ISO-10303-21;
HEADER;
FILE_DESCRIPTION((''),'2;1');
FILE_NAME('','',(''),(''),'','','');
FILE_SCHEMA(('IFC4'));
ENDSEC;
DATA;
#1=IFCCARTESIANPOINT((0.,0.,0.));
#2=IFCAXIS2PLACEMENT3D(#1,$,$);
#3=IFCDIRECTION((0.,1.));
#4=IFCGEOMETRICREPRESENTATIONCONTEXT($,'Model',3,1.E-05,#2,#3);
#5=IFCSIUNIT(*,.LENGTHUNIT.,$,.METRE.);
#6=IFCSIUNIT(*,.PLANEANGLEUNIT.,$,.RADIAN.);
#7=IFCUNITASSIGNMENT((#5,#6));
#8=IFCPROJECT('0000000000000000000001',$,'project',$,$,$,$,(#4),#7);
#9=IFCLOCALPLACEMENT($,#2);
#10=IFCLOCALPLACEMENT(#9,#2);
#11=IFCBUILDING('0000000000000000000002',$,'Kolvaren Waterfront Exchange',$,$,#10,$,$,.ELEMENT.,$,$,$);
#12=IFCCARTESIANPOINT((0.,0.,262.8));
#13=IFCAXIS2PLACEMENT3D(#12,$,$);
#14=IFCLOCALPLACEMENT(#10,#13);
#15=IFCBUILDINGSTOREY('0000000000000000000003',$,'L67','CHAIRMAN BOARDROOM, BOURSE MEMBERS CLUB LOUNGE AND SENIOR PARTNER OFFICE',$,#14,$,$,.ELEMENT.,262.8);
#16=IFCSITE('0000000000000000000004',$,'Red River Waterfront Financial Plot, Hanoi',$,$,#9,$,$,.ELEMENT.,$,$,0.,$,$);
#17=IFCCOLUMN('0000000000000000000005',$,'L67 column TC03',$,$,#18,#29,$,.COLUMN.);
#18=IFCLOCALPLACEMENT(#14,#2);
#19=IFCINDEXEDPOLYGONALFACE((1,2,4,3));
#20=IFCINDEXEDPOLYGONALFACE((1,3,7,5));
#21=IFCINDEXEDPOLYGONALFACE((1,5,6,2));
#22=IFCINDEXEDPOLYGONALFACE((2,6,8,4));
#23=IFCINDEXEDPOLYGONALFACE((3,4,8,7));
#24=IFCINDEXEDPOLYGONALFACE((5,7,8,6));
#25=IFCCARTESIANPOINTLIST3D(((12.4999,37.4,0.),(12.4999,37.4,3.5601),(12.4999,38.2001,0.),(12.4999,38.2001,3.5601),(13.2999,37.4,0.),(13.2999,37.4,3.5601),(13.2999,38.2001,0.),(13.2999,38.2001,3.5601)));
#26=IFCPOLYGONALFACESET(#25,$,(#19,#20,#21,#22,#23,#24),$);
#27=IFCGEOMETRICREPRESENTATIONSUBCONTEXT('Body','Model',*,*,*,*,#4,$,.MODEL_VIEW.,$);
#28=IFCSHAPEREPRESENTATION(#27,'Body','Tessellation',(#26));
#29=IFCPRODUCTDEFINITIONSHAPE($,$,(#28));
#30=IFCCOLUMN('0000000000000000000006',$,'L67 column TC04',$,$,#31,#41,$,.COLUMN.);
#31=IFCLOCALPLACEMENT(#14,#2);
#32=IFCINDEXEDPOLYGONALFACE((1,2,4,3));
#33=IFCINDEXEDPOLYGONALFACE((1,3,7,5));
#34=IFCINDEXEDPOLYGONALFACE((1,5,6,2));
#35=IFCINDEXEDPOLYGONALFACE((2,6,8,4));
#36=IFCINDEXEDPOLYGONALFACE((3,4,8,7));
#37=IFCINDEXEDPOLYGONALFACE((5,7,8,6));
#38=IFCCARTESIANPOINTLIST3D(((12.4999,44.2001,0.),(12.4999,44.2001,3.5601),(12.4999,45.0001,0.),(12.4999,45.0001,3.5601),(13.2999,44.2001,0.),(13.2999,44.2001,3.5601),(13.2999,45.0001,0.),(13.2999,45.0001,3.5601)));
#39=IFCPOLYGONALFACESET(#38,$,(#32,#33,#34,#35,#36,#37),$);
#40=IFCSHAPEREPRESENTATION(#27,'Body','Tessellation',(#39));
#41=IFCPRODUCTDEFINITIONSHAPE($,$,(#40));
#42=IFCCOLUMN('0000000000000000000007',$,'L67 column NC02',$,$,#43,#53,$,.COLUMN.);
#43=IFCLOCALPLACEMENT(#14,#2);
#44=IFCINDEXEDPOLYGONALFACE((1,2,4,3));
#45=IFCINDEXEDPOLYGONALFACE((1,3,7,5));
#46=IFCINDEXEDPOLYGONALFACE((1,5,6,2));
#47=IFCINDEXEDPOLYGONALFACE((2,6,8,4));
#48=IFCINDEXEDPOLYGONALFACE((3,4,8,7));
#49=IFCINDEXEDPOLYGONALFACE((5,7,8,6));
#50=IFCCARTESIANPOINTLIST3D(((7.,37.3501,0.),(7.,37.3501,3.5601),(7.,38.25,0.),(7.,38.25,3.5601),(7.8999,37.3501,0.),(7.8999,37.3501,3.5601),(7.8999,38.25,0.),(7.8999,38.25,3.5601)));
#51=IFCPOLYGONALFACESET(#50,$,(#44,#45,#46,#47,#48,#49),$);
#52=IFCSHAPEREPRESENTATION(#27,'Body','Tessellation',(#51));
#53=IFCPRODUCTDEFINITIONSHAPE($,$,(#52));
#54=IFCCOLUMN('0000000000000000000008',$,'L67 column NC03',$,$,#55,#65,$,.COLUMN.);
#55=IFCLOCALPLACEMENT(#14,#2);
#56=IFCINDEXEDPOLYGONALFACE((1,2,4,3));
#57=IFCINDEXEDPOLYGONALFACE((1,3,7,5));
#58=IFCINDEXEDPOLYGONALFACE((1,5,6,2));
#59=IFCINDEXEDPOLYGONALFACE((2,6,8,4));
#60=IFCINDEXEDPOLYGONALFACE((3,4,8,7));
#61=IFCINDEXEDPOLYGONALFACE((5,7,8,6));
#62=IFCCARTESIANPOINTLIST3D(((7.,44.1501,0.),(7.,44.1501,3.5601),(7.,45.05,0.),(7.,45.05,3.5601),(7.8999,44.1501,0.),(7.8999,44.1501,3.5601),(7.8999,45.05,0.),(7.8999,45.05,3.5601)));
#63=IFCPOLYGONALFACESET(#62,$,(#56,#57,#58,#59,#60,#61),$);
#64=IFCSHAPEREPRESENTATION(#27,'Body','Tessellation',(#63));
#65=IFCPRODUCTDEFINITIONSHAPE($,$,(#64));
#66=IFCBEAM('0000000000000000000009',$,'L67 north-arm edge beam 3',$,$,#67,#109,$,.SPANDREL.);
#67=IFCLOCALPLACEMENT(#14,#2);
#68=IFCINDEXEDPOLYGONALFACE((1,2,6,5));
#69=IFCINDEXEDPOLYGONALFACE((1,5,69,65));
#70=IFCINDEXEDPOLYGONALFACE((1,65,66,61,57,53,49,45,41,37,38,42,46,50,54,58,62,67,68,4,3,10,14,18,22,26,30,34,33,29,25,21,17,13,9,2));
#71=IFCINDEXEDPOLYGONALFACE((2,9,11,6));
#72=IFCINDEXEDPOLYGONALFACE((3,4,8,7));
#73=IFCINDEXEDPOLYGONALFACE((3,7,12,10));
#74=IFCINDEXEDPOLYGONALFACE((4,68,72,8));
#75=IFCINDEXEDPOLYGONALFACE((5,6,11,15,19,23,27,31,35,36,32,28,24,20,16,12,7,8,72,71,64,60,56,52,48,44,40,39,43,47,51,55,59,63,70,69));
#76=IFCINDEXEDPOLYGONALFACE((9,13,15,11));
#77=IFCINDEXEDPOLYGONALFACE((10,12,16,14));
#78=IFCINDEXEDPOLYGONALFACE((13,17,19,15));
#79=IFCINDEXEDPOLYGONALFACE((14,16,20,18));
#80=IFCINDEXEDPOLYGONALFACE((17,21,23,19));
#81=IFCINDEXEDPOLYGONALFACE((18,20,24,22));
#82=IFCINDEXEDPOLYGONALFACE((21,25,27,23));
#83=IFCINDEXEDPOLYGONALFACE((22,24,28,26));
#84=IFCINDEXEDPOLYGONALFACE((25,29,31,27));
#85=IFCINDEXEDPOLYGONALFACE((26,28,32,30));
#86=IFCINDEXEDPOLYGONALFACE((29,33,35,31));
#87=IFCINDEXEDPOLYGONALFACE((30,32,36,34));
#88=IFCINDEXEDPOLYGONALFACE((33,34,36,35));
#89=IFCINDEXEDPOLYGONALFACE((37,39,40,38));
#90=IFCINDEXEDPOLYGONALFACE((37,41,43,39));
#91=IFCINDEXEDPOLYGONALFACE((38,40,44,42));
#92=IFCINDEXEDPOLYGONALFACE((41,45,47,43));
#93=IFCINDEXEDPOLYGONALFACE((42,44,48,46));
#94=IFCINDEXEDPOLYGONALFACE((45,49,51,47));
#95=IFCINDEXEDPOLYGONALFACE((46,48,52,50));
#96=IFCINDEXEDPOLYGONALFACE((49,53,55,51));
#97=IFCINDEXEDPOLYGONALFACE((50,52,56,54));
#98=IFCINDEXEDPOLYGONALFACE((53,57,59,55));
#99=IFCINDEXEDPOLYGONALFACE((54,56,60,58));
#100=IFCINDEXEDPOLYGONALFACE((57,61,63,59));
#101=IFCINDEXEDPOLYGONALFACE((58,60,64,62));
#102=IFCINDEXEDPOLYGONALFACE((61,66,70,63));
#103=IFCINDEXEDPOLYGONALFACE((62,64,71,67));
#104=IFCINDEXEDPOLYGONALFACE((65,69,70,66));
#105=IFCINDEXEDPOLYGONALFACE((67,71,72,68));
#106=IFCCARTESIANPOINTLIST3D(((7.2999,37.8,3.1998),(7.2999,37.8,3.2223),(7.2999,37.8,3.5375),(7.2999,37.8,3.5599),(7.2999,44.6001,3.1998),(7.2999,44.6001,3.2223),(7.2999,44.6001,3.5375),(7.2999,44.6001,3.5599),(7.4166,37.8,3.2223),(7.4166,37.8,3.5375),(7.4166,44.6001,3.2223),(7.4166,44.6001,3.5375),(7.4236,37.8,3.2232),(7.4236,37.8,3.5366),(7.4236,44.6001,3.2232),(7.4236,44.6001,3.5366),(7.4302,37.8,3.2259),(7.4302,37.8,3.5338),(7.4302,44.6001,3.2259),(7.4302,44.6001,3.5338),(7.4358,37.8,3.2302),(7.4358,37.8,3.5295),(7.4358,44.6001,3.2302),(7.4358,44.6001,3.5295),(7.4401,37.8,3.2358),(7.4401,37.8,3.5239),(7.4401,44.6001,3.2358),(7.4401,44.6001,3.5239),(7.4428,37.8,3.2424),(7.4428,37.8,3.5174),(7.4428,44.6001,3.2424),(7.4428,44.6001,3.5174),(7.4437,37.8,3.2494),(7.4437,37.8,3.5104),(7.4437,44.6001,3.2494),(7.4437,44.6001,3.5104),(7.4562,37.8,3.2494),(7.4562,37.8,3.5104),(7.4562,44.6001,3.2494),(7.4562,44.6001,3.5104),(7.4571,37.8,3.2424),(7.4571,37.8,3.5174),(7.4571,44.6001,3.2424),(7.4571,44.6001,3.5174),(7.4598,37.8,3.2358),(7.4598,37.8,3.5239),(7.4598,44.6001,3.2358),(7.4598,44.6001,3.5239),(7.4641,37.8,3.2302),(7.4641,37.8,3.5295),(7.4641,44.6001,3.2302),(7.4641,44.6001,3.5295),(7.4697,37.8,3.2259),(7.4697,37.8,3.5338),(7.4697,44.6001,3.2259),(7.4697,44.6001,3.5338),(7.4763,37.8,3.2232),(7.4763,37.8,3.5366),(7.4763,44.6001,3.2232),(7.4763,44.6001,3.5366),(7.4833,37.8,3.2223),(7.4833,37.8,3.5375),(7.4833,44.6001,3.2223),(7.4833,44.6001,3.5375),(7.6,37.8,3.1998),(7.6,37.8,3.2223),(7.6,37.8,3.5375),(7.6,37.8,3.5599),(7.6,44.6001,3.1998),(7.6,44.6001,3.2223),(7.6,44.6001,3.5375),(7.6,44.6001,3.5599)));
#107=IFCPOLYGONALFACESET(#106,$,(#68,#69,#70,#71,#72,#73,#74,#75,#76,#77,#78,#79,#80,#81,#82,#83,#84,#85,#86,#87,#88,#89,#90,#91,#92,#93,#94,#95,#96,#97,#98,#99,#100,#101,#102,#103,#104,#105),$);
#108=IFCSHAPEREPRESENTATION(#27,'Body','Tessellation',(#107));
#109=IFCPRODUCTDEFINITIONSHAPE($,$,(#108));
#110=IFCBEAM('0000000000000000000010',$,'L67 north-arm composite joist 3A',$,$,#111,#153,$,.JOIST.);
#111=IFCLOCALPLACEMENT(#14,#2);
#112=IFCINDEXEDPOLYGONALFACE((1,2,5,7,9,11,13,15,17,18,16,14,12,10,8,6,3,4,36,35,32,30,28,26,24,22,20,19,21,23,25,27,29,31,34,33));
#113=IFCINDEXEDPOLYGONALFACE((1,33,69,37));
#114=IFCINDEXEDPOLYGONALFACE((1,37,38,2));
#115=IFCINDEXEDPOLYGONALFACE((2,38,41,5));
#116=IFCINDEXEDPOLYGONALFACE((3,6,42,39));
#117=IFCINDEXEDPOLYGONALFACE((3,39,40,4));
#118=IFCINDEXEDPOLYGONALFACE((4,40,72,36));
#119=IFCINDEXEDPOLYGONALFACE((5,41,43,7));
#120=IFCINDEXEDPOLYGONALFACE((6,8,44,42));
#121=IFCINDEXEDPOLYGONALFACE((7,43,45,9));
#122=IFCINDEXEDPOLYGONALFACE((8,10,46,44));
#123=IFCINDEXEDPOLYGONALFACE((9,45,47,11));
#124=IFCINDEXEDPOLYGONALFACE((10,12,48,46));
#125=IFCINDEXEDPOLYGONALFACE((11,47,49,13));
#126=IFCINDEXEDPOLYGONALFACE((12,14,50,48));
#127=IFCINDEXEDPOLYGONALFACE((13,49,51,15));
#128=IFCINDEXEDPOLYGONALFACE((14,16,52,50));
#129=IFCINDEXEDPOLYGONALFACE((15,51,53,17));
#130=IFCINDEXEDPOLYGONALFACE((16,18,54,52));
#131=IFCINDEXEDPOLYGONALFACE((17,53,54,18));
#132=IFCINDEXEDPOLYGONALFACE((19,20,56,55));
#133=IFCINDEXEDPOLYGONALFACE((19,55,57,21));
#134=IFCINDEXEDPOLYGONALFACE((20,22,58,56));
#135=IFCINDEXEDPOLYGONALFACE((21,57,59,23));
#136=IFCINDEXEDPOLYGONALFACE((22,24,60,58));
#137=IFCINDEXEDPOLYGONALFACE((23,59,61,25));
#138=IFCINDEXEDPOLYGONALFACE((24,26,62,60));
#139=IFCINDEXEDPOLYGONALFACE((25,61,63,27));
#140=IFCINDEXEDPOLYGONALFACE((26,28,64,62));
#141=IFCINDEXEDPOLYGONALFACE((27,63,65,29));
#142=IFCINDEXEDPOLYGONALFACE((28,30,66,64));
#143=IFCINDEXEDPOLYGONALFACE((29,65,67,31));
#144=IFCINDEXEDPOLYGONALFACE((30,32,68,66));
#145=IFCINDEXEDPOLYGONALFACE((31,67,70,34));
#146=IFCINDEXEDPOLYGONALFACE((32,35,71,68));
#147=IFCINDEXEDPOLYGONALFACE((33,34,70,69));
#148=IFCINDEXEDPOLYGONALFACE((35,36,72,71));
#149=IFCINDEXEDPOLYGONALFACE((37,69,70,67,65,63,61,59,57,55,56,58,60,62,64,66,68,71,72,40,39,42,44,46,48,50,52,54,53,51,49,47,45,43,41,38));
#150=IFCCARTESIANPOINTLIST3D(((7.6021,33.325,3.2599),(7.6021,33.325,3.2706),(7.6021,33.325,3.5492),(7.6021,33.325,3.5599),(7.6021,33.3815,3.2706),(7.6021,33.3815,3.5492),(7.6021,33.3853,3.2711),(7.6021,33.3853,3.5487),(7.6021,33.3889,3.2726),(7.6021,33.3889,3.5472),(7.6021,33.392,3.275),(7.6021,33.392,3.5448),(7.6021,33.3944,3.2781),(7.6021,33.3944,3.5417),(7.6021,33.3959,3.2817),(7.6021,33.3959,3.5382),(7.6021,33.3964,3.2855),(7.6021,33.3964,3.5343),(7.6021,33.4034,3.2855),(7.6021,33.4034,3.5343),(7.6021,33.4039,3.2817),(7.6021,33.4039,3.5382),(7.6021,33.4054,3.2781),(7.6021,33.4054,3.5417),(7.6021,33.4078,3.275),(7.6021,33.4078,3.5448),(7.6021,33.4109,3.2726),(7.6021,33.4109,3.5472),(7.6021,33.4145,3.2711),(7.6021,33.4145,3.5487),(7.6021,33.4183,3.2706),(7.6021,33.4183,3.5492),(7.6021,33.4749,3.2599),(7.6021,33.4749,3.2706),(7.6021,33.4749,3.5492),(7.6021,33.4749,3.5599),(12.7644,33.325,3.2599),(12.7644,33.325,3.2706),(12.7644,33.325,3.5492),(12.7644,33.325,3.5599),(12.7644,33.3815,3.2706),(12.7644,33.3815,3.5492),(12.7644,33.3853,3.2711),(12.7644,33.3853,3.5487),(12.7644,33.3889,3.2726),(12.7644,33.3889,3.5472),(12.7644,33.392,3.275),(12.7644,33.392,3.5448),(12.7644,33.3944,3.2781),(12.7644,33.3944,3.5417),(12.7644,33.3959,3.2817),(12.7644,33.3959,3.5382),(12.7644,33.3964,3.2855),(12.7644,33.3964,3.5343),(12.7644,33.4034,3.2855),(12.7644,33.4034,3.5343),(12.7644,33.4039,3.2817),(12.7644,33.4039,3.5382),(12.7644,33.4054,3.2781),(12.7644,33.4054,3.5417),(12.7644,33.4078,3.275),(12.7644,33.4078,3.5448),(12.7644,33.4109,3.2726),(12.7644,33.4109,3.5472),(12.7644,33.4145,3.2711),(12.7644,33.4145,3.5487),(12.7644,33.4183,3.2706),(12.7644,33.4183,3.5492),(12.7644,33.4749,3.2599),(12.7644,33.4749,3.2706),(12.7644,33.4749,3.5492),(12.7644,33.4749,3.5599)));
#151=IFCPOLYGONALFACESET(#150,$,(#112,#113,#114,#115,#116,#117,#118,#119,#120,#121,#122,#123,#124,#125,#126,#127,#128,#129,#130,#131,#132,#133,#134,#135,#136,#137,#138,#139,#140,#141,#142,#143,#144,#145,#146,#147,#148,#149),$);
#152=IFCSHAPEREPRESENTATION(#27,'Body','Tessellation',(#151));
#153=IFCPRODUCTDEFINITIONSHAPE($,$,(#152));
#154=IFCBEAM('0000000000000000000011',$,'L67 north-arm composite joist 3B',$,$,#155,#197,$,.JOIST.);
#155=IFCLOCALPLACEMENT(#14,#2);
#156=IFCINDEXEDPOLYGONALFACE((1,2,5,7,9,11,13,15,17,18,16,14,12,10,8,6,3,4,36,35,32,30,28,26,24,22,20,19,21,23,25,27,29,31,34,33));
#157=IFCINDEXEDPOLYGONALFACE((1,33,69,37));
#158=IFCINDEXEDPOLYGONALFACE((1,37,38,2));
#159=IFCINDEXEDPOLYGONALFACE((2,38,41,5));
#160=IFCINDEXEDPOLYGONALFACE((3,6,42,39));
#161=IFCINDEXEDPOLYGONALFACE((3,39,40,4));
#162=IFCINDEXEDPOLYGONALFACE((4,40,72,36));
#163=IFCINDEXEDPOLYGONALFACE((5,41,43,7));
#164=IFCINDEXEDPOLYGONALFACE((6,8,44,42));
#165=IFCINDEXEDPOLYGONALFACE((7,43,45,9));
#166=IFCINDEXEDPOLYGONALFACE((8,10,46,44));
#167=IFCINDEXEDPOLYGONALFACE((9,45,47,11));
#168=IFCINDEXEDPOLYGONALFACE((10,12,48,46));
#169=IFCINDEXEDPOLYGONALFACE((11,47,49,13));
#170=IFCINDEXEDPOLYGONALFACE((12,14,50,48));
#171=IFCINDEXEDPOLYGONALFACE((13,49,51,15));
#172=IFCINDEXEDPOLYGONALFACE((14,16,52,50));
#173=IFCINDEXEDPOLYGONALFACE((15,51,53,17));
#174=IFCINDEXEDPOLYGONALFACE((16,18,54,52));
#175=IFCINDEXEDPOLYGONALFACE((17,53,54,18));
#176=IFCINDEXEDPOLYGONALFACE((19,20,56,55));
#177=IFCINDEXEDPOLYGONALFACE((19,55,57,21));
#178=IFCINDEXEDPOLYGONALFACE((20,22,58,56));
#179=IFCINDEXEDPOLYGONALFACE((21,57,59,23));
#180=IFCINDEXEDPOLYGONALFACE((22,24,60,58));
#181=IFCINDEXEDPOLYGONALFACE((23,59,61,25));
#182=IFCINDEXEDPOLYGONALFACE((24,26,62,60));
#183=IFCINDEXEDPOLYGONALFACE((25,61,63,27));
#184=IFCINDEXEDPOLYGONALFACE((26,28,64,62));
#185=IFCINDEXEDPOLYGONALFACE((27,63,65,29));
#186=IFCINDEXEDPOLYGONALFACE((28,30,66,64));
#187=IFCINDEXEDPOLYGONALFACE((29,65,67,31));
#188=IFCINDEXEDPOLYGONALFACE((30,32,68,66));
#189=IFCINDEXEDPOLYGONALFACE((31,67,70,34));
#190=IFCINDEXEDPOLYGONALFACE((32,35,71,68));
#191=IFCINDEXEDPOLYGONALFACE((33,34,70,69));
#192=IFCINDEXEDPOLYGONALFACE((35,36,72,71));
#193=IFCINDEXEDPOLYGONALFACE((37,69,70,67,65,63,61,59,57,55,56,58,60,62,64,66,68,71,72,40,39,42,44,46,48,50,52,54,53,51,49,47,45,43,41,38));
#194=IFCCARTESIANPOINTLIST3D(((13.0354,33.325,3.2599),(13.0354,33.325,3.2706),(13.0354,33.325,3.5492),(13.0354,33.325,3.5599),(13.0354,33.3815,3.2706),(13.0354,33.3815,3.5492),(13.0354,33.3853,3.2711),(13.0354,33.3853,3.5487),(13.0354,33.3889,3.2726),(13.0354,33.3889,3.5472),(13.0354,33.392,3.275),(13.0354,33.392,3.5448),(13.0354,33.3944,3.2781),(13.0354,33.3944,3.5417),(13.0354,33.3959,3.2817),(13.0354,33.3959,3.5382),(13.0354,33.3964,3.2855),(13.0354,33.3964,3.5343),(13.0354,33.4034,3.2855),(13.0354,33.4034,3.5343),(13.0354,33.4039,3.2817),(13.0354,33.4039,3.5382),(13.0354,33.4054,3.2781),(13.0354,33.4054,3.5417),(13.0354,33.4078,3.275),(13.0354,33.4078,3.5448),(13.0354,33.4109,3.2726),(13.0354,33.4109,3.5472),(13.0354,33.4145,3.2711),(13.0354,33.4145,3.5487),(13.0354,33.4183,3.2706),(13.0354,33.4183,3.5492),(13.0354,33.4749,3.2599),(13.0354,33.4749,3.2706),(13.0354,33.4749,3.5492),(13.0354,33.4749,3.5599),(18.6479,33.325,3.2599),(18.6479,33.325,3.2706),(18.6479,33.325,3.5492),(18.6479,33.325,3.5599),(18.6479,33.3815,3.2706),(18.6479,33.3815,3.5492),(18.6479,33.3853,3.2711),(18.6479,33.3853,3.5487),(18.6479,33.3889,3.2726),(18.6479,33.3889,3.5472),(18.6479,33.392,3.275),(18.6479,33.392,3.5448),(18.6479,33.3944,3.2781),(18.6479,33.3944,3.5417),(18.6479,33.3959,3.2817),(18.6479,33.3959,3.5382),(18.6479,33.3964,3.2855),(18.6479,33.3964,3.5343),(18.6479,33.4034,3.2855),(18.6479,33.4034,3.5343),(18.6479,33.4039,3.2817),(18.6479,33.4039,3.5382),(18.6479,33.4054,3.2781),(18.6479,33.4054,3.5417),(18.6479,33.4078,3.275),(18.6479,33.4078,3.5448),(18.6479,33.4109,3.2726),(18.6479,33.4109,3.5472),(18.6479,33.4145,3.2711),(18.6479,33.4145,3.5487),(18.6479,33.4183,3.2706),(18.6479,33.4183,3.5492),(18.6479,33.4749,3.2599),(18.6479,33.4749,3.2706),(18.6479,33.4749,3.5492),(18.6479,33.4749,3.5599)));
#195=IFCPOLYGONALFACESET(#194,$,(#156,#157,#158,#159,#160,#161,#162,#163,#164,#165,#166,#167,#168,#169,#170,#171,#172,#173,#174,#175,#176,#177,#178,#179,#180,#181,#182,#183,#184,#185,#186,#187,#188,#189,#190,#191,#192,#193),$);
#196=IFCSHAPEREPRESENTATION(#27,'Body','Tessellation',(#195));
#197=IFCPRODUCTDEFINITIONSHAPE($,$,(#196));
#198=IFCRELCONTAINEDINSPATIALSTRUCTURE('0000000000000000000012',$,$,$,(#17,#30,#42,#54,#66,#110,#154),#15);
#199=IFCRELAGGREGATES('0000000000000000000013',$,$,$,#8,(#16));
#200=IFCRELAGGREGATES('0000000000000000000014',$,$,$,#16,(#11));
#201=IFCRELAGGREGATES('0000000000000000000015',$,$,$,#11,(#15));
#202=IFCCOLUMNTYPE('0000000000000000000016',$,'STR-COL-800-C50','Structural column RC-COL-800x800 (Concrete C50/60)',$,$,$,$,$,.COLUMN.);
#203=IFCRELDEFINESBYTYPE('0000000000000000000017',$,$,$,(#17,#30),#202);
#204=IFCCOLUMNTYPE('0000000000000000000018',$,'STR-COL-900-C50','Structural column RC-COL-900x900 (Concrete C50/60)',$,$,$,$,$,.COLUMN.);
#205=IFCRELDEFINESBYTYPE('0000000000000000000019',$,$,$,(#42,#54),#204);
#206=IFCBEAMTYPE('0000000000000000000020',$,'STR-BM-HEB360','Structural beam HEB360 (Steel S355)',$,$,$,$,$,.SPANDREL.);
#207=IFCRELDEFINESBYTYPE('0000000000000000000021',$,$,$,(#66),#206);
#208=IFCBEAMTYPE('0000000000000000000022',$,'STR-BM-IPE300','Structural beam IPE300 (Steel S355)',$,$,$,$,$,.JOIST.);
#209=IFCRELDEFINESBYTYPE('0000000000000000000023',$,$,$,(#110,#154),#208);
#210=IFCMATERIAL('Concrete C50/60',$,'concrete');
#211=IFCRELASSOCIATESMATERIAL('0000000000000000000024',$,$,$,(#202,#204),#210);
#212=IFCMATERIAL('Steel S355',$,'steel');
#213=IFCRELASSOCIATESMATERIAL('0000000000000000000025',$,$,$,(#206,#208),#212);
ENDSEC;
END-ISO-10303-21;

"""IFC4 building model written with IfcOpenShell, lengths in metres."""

from ifc_helpers import new_model, si_unit, direction, frame, origin, origin_2d, place, context, subcontext, project, spatial, rectangle, i_section, extrude, material, material_profile, profile_set, type_object, element, save


model = new_model("IFC4")

# Units and contexts
model_context = context("Model", 3, precision=1e-05, world=origin(), true_north=direction((0.0, 1.0)))
body_context = subcontext(model_context, "Body", "Model", "MODEL_VIEW")
ifc_project = project(units=[si_unit("LENGTHUNIT", "METRE"), si_unit("PLANEANGLEUNIT", "RADIAN")], contexts=[model_context])

# Site, building, storey
site_placement = place(None, origin())
site = spatial("IfcSite", under=ifc_project, at=site_placement, Name="Red River Waterfront Financial Plot, Hanoi", CompositionType="ELEMENT", RefElevation=0.0)
building_placement = place(site_placement, origin())
building = spatial("IfcBuilding", under=site, at=building_placement, Name="Kolvaren Waterfront Exchange", CompositionType="ELEMENT")
storey_placement = place(building_placement, frame((0.0, 0.0, 262.8)))
storey = spatial("IfcBuildingStorey", under=building, at=storey_placement, Name="L67", Description="CHAIRMAN BOARDROOM, BOURSE MEMBERS CLUB LOUNGE AND SENIOR PARTNER OFFICE", CompositionType="ELEMENT", Elevation=262.8)

# Columns
ifc_material_1 = material(Name="Concrete C50/60", Category="concrete")
ifc_material_profile_1 = material_profile(ifc_material_1, rectangle(XDim=0.8, YDim=0.8, at=origin_2d()), Name="RC-COL-800x800")
ifc_profile_set_1 = profile_set([ifc_material_profile_1], Name="Concrete C50/60")
column_type_1 = type_object("IfcColumnType", Name="STR-COL-800-C50", Description="Structural column RC-COL-800x800 (Concrete C50/60)", PredefinedType="COLUMN", material=ifc_profile_set_1)
for number, where, z_axis, x_axis, name in (
    (1, (12.8999, 37.8, 0.0), (0.0, 0.0, 1.0), (1.0, 0.0, 0.0), "L67 column TC03"),
    (2, (12.8999, 44.6001, 0.0), (0.0, 0.0, 1.0), (1.0, 0.0, 0.0), "L67 column TC04"),
):
    element("IfcColumn", number, at=place(storey_placement, frame(where, z_axis=z_axis, x_axis=x_axis)), inside=storey, type_object=column_type_1, Name=name, PredefinedType="COLUMN", context=body_context, shape_type="SweptSolid", body=[
        extrude(rectangle(XDim=0.8, YDim=0.8, at=origin_2d()), origin(), (0.0, 0.0, 1.0), 3.5601),
    ])
ifc_material_profile_2 = material_profile(ifc_material_1, rectangle(XDim=0.8999, YDim=0.8999, at=origin_2d()), Name="RC-COL-900x900")
ifc_profile_set_2 = profile_set([ifc_material_profile_2], Name="Concrete C50/60")
column_type_2 = type_object("IfcColumnType", Name="STR-COL-900-C50", Description="Structural column RC-COL-900x900 (Concrete C50/60)", PredefinedType="COLUMN", material=ifc_profile_set_2)
for number, where, z_axis, x_axis, name in (
    (3, (7.45, 37.8, 0.0), (0.0, 0.0, 1.0), (1.0, 0.0, 0.0), "L67 column NC02"),
    (4, (7.45, 44.6001, 0.0), (0.0, 0.0, 1.0), (1.0, 0.0, 0.0), "L67 column NC03"),
):
    element("IfcColumn", number, at=place(storey_placement, frame(where, z_axis=z_axis, x_axis=x_axis)), inside=storey, type_object=column_type_2, Name=name, PredefinedType="COLUMN", context=body_context, shape_type="SweptSolid", body=[
        extrude(rectangle(XDim=0.8999, YDim=0.8999, at=origin_2d()), origin(), (0.0, 0.0, 1.0), 3.5601),
    ])

# Beams
ifc_material_2 = material(Name="Steel S355", Category="steel")
ifc_material_profile_3 = material_profile(ifc_material_2, i_section(OverallWidth=0.3, OverallDepth=0.3601, WebThickness=0.0125, FlangeThickness=0.0225, FilletRadius=0.0271, at=origin_2d()), Name="HEB360")
ifc_profile_set_3 = profile_set([ifc_material_profile_3], Name="Steel S355")
beam_type_1 = type_object("IfcBeamType", Name="STR-BM-HEB360", Description="Structural beam HEB360 (Steel S355)", PredefinedType="SPANDREL", material=ifc_profile_set_3)
beam_1_placement = place(storey_placement, frame((7.45, 37.8, 3.3799), z_axis=(0.0, 1.0, 0.0), x_axis=(-1.0, 0.0, 0.0)))
element("IfcBeam", 5, at=beam_1_placement, inside=storey, type_object=beam_type_1, Name="L67 north-arm edge beam 3", PredefinedType="SPANDREL", context=body_context, shape_type="SweptSolid", body=[
    extrude(i_section(OverallWidth=0.3, OverallDepth=0.3601, WebThickness=0.0125, FlangeThickness=0.0225, FilletRadius=0.0271, at=origin_2d()), origin(), (0.0, 0.0, 1.0), 6.8),
])
ifc_material_profile_4 = material_profile(ifc_material_2, i_section(OverallWidth=0.1499, OverallDepth=0.3, WebThickness=0.0071, FlangeThickness=0.0107, FilletRadius=0.0149, at=origin_2d()), Name="IPE300")
ifc_profile_set_4 = profile_set([ifc_material_profile_4], Name="Steel S355")
beam_type_2 = type_object("IfcBeamType", Name="STR-BM-IPE300", Description="Structural beam IPE300 (Steel S355)", PredefinedType="JOIST", material=ifc_profile_set_4)
beam_2_placement = place(storey_placement, frame((7.6021, 33.3999, 3.4099), z_axis=(1.0, 0.0, 0.0), x_axis=(0.0, 1.0, 0.0)))
element("IfcBeam", 6, at=beam_2_placement, inside=storey, type_object=beam_type_2, Name="L67 north-arm composite joist 3A", PredefinedType="JOIST", context=body_context, shape_type="SweptSolid", body=[
    extrude(i_section(OverallWidth=0.1499, OverallDepth=0.3, WebThickness=0.0071, FlangeThickness=0.0107, FilletRadius=0.0149, at=origin_2d()), origin(), (0.0, 0.0, 1.0), 5.1624),
])
beam_3_placement = place(storey_placement, frame((13.0354, 33.3999, 3.4099), z_axis=(1.0, 0.0, 0.0), x_axis=(0.0, 1.0, 0.0)))
element("IfcBeam", 7, at=beam_3_placement, inside=storey, type_object=beam_type_2, Name="L67 north-arm composite joist 3B", PredefinedType="JOIST", context=body_context, shape_type="SweptSolid", body=[
    extrude(i_section(OverallWidth=0.1499, OverallDepth=0.3, WebThickness=0.0071, FlangeThickness=0.0107, FilletRadius=0.0149, at=origin_2d()), origin(), (0.0, 0.0, 1.0), 5.6125),
])

save(model, "model.ifc")
